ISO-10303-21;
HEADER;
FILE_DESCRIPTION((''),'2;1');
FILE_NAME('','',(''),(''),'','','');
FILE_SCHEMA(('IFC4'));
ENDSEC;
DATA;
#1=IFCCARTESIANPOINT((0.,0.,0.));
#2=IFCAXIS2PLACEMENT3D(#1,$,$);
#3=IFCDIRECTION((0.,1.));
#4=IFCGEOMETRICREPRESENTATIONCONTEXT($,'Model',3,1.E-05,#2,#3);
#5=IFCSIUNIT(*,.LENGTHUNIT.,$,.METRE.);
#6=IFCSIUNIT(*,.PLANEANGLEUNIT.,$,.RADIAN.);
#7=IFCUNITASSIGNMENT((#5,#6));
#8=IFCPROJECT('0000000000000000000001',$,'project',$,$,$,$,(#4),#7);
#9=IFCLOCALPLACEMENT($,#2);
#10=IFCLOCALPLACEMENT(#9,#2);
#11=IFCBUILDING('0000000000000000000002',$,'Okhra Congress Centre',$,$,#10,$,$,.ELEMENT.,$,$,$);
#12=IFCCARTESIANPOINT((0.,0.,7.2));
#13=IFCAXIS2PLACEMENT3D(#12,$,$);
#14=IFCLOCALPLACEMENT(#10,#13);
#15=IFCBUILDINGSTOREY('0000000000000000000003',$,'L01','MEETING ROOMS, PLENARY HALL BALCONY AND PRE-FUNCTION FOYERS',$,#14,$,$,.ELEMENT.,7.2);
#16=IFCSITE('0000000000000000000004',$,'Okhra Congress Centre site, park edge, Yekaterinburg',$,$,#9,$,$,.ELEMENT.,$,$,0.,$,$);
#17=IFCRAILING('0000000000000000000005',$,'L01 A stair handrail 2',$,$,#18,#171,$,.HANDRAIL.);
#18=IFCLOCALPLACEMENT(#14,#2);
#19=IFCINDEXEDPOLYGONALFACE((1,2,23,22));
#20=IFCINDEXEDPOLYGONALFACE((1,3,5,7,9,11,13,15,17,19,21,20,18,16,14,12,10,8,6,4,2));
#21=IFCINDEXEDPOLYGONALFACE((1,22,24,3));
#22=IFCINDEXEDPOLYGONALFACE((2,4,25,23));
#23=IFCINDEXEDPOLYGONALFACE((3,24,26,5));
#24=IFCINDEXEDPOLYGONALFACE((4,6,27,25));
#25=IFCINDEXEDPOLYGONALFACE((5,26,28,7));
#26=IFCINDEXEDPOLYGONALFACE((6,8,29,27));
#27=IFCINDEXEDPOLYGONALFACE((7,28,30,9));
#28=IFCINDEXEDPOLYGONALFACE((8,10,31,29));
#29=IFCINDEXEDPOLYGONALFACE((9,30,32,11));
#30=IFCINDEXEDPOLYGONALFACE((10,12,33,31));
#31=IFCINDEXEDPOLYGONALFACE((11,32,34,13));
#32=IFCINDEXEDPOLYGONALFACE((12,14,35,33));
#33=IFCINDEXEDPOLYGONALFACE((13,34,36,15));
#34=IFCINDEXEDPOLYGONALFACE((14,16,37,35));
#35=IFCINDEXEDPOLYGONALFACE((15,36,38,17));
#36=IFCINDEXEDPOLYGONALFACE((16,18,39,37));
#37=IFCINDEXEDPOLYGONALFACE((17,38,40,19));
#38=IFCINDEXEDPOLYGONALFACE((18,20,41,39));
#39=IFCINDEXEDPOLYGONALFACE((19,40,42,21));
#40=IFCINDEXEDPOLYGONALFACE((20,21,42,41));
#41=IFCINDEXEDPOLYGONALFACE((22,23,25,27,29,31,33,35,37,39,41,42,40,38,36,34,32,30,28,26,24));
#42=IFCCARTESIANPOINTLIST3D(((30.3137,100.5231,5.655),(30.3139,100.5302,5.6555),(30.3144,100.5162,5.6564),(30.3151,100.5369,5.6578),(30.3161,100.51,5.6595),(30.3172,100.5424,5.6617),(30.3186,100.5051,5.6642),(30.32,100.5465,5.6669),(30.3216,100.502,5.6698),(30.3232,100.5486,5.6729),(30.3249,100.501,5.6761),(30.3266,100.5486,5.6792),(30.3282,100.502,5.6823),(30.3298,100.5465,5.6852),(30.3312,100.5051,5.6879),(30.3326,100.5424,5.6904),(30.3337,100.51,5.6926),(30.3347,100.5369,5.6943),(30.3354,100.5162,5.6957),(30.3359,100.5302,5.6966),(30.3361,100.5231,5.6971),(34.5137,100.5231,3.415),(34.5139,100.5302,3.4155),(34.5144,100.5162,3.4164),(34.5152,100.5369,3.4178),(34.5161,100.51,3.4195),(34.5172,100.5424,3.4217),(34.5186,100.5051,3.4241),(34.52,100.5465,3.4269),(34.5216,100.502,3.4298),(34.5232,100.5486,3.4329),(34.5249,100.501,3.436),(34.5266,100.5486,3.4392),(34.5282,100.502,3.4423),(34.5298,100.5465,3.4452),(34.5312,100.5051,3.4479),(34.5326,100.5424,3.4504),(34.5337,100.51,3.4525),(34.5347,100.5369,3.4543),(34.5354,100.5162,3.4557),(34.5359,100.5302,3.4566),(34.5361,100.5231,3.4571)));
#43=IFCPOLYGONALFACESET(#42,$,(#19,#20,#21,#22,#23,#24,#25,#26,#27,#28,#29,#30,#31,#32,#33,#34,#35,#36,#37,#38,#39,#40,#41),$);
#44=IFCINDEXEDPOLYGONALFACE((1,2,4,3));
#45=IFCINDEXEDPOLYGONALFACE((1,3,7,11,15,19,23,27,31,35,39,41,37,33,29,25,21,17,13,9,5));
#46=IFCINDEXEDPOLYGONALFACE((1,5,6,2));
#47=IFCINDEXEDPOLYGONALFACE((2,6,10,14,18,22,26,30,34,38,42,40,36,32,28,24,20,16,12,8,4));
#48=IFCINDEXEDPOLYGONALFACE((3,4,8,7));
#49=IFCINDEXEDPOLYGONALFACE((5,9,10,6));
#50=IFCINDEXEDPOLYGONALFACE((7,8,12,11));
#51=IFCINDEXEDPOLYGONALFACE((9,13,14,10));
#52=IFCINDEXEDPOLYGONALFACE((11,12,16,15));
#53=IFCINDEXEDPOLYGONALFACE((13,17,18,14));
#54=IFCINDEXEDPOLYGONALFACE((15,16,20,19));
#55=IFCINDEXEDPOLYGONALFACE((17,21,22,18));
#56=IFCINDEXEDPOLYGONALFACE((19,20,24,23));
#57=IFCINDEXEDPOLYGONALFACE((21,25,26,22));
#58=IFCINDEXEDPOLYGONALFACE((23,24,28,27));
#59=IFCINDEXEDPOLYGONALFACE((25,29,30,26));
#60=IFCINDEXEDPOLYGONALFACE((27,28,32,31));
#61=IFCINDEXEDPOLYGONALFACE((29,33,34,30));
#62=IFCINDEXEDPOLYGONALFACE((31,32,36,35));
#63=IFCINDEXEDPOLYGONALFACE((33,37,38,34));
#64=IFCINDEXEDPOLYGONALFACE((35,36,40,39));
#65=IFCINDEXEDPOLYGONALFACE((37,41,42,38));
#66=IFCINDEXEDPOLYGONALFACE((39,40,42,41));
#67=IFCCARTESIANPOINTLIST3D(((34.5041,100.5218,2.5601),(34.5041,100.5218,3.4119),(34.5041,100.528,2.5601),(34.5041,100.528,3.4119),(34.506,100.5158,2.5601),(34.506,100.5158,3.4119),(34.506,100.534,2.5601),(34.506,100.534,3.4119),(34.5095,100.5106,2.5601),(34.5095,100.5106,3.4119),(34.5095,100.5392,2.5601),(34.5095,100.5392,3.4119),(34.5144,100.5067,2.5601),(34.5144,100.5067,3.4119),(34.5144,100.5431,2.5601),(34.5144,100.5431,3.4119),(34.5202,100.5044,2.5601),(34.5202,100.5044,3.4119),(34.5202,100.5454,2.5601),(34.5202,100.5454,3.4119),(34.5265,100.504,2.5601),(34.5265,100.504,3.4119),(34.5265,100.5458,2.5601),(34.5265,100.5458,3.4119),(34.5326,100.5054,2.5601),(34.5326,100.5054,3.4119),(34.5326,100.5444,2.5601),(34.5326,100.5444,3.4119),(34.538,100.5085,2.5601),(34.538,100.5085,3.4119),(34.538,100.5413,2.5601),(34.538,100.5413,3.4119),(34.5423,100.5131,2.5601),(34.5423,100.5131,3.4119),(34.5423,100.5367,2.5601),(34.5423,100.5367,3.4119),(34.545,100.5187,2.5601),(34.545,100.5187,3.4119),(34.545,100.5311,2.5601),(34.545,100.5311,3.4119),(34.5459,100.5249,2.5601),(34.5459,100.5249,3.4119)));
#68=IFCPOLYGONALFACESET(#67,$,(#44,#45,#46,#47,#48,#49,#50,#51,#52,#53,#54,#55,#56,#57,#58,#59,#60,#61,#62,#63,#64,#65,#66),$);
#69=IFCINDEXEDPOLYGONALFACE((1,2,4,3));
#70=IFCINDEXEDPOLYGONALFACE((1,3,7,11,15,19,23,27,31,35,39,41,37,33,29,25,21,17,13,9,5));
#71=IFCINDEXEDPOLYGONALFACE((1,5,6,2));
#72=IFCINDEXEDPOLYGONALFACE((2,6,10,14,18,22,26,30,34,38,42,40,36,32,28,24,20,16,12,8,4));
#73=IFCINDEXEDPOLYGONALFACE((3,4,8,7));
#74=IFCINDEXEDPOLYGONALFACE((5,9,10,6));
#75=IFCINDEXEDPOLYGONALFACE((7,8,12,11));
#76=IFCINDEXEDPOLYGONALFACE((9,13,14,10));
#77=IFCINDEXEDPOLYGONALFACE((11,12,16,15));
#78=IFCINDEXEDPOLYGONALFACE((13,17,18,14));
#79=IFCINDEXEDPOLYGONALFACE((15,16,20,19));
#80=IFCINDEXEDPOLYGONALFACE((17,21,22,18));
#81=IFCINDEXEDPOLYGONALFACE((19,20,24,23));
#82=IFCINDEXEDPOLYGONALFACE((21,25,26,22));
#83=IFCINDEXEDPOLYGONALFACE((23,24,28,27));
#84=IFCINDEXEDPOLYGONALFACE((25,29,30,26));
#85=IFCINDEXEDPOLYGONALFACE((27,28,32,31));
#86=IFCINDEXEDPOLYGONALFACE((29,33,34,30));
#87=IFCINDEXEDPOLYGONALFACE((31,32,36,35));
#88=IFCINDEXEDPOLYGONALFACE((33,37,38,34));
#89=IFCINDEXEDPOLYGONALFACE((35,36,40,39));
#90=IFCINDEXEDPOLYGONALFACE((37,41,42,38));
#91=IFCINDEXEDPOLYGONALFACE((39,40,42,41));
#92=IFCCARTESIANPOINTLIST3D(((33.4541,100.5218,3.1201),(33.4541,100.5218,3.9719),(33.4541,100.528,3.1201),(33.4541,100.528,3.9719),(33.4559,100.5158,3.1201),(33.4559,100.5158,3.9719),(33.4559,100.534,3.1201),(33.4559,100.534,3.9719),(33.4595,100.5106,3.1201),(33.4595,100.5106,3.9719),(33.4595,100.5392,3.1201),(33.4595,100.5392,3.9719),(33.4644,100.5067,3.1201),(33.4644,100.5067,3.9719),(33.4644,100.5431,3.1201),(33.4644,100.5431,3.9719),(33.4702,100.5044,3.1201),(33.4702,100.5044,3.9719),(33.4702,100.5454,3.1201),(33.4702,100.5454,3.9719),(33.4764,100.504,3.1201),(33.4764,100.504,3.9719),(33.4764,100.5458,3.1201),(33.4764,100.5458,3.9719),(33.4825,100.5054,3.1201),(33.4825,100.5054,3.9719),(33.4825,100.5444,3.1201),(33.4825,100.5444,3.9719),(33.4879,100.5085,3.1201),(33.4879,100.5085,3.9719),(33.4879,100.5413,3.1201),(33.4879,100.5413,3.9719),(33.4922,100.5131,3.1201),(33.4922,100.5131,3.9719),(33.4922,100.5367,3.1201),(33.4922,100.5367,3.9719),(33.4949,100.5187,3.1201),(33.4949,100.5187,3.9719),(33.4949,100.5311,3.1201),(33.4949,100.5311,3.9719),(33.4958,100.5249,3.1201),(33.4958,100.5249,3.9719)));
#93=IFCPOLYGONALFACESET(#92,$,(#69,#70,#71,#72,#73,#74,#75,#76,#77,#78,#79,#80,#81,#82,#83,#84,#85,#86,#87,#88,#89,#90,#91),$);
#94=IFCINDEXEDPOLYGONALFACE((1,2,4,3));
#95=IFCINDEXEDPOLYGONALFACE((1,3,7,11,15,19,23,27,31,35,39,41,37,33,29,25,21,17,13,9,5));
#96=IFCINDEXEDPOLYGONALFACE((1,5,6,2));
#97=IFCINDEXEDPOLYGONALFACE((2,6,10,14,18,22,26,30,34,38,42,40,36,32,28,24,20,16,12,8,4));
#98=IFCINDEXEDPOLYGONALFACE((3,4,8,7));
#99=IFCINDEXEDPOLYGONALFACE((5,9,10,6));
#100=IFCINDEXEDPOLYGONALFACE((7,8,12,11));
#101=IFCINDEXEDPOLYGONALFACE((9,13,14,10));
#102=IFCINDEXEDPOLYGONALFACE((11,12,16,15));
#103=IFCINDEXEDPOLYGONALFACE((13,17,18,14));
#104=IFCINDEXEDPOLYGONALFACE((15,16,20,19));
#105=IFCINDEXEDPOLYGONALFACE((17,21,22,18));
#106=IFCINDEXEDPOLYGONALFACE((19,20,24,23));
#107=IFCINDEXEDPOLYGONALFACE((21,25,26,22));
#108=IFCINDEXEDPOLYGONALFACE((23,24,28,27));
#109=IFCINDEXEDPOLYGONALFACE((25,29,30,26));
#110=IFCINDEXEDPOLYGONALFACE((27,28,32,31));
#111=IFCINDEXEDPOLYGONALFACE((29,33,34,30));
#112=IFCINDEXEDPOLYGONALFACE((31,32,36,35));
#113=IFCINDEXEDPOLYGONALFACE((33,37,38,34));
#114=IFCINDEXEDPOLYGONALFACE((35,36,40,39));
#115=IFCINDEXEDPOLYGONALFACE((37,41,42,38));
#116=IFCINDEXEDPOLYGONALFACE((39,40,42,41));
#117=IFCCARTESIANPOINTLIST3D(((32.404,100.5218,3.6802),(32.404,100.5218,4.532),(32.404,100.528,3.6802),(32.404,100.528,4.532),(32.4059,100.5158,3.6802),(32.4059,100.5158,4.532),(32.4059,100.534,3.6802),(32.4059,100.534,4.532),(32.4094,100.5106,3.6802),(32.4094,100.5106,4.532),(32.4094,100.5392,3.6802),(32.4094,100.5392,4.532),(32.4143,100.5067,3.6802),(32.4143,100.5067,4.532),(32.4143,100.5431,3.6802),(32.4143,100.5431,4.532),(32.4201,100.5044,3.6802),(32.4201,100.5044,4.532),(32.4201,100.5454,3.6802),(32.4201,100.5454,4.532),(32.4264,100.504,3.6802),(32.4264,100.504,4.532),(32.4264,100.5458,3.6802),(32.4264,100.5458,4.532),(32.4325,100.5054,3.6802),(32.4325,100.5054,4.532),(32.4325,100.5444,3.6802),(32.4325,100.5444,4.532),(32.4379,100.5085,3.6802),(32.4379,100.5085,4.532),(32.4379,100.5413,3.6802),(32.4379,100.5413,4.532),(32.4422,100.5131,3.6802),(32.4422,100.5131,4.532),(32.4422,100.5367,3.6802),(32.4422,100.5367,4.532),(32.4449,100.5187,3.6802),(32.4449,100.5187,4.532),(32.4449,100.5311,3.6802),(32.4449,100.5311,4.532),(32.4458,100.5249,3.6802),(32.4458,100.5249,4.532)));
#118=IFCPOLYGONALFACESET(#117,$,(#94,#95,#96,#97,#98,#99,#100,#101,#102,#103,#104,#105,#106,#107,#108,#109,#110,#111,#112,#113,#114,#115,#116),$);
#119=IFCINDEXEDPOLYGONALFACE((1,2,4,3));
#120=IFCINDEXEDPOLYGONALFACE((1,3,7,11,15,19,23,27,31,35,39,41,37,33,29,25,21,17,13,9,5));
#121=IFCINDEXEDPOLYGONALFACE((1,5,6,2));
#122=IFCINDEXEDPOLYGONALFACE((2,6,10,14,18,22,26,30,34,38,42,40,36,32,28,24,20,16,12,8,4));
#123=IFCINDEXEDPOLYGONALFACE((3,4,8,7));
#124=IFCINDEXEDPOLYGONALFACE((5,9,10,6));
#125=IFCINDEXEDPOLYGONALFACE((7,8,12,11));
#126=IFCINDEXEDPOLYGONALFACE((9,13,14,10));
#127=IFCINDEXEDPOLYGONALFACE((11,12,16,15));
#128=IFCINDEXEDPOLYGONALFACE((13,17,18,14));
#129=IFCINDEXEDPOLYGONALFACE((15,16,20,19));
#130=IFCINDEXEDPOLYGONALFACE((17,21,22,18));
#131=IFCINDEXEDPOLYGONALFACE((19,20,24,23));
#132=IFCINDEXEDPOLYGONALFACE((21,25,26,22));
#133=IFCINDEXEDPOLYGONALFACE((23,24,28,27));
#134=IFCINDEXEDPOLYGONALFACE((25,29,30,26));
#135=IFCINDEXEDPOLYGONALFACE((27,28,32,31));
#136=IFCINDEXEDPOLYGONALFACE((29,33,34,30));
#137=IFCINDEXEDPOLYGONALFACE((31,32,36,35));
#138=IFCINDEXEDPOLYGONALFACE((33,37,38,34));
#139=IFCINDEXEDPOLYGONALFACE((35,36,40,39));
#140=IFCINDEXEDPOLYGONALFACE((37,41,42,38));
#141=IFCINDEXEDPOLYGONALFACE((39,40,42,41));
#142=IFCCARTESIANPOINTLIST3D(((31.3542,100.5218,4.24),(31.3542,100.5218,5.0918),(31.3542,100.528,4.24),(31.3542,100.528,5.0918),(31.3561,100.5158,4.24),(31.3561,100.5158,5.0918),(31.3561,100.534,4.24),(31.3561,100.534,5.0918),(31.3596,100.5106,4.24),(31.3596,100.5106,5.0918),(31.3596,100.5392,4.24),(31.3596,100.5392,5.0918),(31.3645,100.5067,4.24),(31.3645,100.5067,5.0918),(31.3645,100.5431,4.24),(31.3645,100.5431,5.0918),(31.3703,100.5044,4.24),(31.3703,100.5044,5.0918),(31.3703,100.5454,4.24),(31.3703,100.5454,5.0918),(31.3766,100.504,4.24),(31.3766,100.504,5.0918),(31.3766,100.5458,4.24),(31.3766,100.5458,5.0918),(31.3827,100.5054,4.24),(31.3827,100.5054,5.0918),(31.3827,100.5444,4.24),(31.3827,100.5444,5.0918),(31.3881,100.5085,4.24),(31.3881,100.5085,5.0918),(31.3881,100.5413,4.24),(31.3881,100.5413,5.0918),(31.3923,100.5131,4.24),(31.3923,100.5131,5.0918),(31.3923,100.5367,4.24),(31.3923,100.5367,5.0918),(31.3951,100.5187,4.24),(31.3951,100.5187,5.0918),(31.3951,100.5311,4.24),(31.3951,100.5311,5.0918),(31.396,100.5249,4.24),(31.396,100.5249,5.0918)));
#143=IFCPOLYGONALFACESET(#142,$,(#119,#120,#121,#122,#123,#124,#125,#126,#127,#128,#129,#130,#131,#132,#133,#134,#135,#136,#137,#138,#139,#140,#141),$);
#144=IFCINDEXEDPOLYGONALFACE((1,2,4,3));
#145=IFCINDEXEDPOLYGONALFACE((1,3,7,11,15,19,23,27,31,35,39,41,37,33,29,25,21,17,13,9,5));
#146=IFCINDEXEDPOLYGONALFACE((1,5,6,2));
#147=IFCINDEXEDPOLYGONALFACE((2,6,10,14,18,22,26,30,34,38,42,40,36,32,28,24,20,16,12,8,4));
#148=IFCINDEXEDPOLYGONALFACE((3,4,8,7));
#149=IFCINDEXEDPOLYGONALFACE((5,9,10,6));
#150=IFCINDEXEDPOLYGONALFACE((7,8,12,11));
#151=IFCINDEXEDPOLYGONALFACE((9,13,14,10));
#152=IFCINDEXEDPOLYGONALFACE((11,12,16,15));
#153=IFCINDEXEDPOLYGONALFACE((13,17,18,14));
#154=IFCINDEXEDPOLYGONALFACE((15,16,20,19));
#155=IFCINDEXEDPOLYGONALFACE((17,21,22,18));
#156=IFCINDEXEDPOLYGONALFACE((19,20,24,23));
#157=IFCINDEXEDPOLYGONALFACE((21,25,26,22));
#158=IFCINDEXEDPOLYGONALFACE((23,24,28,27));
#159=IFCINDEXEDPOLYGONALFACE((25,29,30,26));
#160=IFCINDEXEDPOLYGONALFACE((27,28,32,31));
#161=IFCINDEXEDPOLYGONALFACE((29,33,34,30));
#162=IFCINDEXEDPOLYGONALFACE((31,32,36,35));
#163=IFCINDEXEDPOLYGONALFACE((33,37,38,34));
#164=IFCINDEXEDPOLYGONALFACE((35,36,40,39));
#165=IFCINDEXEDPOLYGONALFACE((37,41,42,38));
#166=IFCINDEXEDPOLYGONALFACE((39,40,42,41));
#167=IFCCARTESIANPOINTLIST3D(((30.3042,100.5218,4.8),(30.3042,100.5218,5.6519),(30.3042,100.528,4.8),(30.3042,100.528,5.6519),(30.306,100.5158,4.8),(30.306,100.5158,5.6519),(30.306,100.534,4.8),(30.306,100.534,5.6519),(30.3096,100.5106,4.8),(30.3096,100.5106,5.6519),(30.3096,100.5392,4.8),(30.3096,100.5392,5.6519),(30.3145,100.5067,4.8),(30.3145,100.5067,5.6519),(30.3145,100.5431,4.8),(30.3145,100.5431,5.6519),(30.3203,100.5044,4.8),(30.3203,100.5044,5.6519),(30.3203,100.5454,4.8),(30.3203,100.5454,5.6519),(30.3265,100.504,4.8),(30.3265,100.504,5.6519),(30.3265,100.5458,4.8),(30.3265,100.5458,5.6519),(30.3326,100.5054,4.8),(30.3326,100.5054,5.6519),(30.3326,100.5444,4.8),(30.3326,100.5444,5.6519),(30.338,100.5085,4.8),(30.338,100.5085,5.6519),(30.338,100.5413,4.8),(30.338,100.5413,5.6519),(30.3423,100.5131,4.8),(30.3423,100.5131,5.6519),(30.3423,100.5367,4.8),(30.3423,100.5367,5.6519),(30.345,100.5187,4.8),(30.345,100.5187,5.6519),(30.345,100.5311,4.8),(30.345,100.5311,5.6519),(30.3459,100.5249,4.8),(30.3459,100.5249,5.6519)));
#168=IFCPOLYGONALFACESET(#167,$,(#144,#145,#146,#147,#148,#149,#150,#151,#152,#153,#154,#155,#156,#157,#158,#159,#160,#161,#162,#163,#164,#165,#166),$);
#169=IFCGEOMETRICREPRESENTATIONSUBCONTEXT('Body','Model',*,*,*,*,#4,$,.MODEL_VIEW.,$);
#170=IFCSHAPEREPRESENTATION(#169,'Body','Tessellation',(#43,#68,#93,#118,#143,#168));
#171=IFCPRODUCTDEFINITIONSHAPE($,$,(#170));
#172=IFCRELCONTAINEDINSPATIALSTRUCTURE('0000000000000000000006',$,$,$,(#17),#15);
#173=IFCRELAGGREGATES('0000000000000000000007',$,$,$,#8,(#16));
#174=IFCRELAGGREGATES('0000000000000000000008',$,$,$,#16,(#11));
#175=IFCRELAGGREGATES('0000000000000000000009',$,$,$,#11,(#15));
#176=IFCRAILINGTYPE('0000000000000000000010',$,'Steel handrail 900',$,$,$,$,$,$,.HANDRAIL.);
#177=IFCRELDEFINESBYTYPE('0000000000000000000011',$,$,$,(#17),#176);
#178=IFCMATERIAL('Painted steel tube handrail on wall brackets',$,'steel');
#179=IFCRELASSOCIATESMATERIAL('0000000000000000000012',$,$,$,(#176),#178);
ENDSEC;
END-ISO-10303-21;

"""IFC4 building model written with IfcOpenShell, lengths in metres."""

from ifc_helpers import new_model, si_unit, direction, frame, origin, origin_2d, place, context, subcontext, project, spatial, circle, extrude, material, type_object, element, save


model = new_model("IFC4")

# Units and contexts
model_context = context("Model", 3, precision=1e-05, world=origin(), true_north=direction((0.0, 1.0)))
body_context = subcontext(model_context, "Body", "Model", "MODEL_VIEW")
ifc_project = project(units=[si_unit("LENGTHUNIT", "METRE"), si_unit("PLANEANGLEUNIT", "RADIAN")], contexts=[model_context])

# Site, building, storey
site_placement = place(None, origin())
site = spatial("IfcSite", under=ifc_project, at=site_placement, Name="Okhra Congress Centre site, park edge, Yekaterinburg", CompositionType="ELEMENT", RefElevation=0.0)
building_placement = place(site_placement, origin())
building = spatial("IfcBuilding", under=site, at=building_placement, Name="Okhra Congress Centre", CompositionType="ELEMENT")
storey_placement = place(building_placement, frame((0.0, 0.0, 7.2)))
storey = spatial("IfcBuildingStorey", under=building, at=storey_placement, Name="L01", Description="MEETING ROOMS, PLENARY HALL BALCONY AND PRE-FUNCTION FOYERS", CompositionType="ELEMENT", Elevation=7.2)

# Railing
ifc_material_1 = material(Name="Painted steel tube handrail on wall brackets", Category="steel")
railing_type_1 = type_object("IfcRailingType", Name="Steel handrail 900", PredefinedType="HANDRAIL", material=ifc_material_1)
railing_1_placement = place(storey_placement, frame((34.5249, 100.5249, 2.5601)))
element("IfcRailing", 1, at=railing_1_placement, inside=storey, type_object=railing_type_1, Name="L01 A stair handrail 2", PredefinedType="HANDRAIL", context=body_context, shape_type="SweptSolid", body=[
    extrude(circle(Radius=0.0239, at=origin_2d()), frame((0.0, 0.0, 0.876), z_axis=(-0.882352, 0.0, 0.470591), x_axis=(0.0, -1.0, 0.0)), (0.0, 0.0, 1.0), 4.76),
    extrude(circle(Radius=0.021, at=origin_2d()), origin(), (0.0, 0.0, 1.0), 0.8518),
    extrude(circle(Radius=0.021, at=origin_2d()), frame((-1.05, 0.0, 0.5601)), (0.0, 0.0, 1.0), 0.8518),
    extrude(circle(Radius=0.021, at=origin_2d()), frame((-2.1001, 0.0, 1.1201)), (0.0, 0.0, 1.0), 0.8518),
    extrude(circle(Radius=0.021, at=origin_2d()), frame((-3.1499, 0.0, 1.6799)), (0.0, 0.0, 1.0), 0.8518),
    extrude(circle(Radius=0.021, at=origin_2d()), frame((-4.2, 0.0, 2.24)), (0.0, 0.0, 1.0), 0.8518),
])

save(model, "model.ifc")
